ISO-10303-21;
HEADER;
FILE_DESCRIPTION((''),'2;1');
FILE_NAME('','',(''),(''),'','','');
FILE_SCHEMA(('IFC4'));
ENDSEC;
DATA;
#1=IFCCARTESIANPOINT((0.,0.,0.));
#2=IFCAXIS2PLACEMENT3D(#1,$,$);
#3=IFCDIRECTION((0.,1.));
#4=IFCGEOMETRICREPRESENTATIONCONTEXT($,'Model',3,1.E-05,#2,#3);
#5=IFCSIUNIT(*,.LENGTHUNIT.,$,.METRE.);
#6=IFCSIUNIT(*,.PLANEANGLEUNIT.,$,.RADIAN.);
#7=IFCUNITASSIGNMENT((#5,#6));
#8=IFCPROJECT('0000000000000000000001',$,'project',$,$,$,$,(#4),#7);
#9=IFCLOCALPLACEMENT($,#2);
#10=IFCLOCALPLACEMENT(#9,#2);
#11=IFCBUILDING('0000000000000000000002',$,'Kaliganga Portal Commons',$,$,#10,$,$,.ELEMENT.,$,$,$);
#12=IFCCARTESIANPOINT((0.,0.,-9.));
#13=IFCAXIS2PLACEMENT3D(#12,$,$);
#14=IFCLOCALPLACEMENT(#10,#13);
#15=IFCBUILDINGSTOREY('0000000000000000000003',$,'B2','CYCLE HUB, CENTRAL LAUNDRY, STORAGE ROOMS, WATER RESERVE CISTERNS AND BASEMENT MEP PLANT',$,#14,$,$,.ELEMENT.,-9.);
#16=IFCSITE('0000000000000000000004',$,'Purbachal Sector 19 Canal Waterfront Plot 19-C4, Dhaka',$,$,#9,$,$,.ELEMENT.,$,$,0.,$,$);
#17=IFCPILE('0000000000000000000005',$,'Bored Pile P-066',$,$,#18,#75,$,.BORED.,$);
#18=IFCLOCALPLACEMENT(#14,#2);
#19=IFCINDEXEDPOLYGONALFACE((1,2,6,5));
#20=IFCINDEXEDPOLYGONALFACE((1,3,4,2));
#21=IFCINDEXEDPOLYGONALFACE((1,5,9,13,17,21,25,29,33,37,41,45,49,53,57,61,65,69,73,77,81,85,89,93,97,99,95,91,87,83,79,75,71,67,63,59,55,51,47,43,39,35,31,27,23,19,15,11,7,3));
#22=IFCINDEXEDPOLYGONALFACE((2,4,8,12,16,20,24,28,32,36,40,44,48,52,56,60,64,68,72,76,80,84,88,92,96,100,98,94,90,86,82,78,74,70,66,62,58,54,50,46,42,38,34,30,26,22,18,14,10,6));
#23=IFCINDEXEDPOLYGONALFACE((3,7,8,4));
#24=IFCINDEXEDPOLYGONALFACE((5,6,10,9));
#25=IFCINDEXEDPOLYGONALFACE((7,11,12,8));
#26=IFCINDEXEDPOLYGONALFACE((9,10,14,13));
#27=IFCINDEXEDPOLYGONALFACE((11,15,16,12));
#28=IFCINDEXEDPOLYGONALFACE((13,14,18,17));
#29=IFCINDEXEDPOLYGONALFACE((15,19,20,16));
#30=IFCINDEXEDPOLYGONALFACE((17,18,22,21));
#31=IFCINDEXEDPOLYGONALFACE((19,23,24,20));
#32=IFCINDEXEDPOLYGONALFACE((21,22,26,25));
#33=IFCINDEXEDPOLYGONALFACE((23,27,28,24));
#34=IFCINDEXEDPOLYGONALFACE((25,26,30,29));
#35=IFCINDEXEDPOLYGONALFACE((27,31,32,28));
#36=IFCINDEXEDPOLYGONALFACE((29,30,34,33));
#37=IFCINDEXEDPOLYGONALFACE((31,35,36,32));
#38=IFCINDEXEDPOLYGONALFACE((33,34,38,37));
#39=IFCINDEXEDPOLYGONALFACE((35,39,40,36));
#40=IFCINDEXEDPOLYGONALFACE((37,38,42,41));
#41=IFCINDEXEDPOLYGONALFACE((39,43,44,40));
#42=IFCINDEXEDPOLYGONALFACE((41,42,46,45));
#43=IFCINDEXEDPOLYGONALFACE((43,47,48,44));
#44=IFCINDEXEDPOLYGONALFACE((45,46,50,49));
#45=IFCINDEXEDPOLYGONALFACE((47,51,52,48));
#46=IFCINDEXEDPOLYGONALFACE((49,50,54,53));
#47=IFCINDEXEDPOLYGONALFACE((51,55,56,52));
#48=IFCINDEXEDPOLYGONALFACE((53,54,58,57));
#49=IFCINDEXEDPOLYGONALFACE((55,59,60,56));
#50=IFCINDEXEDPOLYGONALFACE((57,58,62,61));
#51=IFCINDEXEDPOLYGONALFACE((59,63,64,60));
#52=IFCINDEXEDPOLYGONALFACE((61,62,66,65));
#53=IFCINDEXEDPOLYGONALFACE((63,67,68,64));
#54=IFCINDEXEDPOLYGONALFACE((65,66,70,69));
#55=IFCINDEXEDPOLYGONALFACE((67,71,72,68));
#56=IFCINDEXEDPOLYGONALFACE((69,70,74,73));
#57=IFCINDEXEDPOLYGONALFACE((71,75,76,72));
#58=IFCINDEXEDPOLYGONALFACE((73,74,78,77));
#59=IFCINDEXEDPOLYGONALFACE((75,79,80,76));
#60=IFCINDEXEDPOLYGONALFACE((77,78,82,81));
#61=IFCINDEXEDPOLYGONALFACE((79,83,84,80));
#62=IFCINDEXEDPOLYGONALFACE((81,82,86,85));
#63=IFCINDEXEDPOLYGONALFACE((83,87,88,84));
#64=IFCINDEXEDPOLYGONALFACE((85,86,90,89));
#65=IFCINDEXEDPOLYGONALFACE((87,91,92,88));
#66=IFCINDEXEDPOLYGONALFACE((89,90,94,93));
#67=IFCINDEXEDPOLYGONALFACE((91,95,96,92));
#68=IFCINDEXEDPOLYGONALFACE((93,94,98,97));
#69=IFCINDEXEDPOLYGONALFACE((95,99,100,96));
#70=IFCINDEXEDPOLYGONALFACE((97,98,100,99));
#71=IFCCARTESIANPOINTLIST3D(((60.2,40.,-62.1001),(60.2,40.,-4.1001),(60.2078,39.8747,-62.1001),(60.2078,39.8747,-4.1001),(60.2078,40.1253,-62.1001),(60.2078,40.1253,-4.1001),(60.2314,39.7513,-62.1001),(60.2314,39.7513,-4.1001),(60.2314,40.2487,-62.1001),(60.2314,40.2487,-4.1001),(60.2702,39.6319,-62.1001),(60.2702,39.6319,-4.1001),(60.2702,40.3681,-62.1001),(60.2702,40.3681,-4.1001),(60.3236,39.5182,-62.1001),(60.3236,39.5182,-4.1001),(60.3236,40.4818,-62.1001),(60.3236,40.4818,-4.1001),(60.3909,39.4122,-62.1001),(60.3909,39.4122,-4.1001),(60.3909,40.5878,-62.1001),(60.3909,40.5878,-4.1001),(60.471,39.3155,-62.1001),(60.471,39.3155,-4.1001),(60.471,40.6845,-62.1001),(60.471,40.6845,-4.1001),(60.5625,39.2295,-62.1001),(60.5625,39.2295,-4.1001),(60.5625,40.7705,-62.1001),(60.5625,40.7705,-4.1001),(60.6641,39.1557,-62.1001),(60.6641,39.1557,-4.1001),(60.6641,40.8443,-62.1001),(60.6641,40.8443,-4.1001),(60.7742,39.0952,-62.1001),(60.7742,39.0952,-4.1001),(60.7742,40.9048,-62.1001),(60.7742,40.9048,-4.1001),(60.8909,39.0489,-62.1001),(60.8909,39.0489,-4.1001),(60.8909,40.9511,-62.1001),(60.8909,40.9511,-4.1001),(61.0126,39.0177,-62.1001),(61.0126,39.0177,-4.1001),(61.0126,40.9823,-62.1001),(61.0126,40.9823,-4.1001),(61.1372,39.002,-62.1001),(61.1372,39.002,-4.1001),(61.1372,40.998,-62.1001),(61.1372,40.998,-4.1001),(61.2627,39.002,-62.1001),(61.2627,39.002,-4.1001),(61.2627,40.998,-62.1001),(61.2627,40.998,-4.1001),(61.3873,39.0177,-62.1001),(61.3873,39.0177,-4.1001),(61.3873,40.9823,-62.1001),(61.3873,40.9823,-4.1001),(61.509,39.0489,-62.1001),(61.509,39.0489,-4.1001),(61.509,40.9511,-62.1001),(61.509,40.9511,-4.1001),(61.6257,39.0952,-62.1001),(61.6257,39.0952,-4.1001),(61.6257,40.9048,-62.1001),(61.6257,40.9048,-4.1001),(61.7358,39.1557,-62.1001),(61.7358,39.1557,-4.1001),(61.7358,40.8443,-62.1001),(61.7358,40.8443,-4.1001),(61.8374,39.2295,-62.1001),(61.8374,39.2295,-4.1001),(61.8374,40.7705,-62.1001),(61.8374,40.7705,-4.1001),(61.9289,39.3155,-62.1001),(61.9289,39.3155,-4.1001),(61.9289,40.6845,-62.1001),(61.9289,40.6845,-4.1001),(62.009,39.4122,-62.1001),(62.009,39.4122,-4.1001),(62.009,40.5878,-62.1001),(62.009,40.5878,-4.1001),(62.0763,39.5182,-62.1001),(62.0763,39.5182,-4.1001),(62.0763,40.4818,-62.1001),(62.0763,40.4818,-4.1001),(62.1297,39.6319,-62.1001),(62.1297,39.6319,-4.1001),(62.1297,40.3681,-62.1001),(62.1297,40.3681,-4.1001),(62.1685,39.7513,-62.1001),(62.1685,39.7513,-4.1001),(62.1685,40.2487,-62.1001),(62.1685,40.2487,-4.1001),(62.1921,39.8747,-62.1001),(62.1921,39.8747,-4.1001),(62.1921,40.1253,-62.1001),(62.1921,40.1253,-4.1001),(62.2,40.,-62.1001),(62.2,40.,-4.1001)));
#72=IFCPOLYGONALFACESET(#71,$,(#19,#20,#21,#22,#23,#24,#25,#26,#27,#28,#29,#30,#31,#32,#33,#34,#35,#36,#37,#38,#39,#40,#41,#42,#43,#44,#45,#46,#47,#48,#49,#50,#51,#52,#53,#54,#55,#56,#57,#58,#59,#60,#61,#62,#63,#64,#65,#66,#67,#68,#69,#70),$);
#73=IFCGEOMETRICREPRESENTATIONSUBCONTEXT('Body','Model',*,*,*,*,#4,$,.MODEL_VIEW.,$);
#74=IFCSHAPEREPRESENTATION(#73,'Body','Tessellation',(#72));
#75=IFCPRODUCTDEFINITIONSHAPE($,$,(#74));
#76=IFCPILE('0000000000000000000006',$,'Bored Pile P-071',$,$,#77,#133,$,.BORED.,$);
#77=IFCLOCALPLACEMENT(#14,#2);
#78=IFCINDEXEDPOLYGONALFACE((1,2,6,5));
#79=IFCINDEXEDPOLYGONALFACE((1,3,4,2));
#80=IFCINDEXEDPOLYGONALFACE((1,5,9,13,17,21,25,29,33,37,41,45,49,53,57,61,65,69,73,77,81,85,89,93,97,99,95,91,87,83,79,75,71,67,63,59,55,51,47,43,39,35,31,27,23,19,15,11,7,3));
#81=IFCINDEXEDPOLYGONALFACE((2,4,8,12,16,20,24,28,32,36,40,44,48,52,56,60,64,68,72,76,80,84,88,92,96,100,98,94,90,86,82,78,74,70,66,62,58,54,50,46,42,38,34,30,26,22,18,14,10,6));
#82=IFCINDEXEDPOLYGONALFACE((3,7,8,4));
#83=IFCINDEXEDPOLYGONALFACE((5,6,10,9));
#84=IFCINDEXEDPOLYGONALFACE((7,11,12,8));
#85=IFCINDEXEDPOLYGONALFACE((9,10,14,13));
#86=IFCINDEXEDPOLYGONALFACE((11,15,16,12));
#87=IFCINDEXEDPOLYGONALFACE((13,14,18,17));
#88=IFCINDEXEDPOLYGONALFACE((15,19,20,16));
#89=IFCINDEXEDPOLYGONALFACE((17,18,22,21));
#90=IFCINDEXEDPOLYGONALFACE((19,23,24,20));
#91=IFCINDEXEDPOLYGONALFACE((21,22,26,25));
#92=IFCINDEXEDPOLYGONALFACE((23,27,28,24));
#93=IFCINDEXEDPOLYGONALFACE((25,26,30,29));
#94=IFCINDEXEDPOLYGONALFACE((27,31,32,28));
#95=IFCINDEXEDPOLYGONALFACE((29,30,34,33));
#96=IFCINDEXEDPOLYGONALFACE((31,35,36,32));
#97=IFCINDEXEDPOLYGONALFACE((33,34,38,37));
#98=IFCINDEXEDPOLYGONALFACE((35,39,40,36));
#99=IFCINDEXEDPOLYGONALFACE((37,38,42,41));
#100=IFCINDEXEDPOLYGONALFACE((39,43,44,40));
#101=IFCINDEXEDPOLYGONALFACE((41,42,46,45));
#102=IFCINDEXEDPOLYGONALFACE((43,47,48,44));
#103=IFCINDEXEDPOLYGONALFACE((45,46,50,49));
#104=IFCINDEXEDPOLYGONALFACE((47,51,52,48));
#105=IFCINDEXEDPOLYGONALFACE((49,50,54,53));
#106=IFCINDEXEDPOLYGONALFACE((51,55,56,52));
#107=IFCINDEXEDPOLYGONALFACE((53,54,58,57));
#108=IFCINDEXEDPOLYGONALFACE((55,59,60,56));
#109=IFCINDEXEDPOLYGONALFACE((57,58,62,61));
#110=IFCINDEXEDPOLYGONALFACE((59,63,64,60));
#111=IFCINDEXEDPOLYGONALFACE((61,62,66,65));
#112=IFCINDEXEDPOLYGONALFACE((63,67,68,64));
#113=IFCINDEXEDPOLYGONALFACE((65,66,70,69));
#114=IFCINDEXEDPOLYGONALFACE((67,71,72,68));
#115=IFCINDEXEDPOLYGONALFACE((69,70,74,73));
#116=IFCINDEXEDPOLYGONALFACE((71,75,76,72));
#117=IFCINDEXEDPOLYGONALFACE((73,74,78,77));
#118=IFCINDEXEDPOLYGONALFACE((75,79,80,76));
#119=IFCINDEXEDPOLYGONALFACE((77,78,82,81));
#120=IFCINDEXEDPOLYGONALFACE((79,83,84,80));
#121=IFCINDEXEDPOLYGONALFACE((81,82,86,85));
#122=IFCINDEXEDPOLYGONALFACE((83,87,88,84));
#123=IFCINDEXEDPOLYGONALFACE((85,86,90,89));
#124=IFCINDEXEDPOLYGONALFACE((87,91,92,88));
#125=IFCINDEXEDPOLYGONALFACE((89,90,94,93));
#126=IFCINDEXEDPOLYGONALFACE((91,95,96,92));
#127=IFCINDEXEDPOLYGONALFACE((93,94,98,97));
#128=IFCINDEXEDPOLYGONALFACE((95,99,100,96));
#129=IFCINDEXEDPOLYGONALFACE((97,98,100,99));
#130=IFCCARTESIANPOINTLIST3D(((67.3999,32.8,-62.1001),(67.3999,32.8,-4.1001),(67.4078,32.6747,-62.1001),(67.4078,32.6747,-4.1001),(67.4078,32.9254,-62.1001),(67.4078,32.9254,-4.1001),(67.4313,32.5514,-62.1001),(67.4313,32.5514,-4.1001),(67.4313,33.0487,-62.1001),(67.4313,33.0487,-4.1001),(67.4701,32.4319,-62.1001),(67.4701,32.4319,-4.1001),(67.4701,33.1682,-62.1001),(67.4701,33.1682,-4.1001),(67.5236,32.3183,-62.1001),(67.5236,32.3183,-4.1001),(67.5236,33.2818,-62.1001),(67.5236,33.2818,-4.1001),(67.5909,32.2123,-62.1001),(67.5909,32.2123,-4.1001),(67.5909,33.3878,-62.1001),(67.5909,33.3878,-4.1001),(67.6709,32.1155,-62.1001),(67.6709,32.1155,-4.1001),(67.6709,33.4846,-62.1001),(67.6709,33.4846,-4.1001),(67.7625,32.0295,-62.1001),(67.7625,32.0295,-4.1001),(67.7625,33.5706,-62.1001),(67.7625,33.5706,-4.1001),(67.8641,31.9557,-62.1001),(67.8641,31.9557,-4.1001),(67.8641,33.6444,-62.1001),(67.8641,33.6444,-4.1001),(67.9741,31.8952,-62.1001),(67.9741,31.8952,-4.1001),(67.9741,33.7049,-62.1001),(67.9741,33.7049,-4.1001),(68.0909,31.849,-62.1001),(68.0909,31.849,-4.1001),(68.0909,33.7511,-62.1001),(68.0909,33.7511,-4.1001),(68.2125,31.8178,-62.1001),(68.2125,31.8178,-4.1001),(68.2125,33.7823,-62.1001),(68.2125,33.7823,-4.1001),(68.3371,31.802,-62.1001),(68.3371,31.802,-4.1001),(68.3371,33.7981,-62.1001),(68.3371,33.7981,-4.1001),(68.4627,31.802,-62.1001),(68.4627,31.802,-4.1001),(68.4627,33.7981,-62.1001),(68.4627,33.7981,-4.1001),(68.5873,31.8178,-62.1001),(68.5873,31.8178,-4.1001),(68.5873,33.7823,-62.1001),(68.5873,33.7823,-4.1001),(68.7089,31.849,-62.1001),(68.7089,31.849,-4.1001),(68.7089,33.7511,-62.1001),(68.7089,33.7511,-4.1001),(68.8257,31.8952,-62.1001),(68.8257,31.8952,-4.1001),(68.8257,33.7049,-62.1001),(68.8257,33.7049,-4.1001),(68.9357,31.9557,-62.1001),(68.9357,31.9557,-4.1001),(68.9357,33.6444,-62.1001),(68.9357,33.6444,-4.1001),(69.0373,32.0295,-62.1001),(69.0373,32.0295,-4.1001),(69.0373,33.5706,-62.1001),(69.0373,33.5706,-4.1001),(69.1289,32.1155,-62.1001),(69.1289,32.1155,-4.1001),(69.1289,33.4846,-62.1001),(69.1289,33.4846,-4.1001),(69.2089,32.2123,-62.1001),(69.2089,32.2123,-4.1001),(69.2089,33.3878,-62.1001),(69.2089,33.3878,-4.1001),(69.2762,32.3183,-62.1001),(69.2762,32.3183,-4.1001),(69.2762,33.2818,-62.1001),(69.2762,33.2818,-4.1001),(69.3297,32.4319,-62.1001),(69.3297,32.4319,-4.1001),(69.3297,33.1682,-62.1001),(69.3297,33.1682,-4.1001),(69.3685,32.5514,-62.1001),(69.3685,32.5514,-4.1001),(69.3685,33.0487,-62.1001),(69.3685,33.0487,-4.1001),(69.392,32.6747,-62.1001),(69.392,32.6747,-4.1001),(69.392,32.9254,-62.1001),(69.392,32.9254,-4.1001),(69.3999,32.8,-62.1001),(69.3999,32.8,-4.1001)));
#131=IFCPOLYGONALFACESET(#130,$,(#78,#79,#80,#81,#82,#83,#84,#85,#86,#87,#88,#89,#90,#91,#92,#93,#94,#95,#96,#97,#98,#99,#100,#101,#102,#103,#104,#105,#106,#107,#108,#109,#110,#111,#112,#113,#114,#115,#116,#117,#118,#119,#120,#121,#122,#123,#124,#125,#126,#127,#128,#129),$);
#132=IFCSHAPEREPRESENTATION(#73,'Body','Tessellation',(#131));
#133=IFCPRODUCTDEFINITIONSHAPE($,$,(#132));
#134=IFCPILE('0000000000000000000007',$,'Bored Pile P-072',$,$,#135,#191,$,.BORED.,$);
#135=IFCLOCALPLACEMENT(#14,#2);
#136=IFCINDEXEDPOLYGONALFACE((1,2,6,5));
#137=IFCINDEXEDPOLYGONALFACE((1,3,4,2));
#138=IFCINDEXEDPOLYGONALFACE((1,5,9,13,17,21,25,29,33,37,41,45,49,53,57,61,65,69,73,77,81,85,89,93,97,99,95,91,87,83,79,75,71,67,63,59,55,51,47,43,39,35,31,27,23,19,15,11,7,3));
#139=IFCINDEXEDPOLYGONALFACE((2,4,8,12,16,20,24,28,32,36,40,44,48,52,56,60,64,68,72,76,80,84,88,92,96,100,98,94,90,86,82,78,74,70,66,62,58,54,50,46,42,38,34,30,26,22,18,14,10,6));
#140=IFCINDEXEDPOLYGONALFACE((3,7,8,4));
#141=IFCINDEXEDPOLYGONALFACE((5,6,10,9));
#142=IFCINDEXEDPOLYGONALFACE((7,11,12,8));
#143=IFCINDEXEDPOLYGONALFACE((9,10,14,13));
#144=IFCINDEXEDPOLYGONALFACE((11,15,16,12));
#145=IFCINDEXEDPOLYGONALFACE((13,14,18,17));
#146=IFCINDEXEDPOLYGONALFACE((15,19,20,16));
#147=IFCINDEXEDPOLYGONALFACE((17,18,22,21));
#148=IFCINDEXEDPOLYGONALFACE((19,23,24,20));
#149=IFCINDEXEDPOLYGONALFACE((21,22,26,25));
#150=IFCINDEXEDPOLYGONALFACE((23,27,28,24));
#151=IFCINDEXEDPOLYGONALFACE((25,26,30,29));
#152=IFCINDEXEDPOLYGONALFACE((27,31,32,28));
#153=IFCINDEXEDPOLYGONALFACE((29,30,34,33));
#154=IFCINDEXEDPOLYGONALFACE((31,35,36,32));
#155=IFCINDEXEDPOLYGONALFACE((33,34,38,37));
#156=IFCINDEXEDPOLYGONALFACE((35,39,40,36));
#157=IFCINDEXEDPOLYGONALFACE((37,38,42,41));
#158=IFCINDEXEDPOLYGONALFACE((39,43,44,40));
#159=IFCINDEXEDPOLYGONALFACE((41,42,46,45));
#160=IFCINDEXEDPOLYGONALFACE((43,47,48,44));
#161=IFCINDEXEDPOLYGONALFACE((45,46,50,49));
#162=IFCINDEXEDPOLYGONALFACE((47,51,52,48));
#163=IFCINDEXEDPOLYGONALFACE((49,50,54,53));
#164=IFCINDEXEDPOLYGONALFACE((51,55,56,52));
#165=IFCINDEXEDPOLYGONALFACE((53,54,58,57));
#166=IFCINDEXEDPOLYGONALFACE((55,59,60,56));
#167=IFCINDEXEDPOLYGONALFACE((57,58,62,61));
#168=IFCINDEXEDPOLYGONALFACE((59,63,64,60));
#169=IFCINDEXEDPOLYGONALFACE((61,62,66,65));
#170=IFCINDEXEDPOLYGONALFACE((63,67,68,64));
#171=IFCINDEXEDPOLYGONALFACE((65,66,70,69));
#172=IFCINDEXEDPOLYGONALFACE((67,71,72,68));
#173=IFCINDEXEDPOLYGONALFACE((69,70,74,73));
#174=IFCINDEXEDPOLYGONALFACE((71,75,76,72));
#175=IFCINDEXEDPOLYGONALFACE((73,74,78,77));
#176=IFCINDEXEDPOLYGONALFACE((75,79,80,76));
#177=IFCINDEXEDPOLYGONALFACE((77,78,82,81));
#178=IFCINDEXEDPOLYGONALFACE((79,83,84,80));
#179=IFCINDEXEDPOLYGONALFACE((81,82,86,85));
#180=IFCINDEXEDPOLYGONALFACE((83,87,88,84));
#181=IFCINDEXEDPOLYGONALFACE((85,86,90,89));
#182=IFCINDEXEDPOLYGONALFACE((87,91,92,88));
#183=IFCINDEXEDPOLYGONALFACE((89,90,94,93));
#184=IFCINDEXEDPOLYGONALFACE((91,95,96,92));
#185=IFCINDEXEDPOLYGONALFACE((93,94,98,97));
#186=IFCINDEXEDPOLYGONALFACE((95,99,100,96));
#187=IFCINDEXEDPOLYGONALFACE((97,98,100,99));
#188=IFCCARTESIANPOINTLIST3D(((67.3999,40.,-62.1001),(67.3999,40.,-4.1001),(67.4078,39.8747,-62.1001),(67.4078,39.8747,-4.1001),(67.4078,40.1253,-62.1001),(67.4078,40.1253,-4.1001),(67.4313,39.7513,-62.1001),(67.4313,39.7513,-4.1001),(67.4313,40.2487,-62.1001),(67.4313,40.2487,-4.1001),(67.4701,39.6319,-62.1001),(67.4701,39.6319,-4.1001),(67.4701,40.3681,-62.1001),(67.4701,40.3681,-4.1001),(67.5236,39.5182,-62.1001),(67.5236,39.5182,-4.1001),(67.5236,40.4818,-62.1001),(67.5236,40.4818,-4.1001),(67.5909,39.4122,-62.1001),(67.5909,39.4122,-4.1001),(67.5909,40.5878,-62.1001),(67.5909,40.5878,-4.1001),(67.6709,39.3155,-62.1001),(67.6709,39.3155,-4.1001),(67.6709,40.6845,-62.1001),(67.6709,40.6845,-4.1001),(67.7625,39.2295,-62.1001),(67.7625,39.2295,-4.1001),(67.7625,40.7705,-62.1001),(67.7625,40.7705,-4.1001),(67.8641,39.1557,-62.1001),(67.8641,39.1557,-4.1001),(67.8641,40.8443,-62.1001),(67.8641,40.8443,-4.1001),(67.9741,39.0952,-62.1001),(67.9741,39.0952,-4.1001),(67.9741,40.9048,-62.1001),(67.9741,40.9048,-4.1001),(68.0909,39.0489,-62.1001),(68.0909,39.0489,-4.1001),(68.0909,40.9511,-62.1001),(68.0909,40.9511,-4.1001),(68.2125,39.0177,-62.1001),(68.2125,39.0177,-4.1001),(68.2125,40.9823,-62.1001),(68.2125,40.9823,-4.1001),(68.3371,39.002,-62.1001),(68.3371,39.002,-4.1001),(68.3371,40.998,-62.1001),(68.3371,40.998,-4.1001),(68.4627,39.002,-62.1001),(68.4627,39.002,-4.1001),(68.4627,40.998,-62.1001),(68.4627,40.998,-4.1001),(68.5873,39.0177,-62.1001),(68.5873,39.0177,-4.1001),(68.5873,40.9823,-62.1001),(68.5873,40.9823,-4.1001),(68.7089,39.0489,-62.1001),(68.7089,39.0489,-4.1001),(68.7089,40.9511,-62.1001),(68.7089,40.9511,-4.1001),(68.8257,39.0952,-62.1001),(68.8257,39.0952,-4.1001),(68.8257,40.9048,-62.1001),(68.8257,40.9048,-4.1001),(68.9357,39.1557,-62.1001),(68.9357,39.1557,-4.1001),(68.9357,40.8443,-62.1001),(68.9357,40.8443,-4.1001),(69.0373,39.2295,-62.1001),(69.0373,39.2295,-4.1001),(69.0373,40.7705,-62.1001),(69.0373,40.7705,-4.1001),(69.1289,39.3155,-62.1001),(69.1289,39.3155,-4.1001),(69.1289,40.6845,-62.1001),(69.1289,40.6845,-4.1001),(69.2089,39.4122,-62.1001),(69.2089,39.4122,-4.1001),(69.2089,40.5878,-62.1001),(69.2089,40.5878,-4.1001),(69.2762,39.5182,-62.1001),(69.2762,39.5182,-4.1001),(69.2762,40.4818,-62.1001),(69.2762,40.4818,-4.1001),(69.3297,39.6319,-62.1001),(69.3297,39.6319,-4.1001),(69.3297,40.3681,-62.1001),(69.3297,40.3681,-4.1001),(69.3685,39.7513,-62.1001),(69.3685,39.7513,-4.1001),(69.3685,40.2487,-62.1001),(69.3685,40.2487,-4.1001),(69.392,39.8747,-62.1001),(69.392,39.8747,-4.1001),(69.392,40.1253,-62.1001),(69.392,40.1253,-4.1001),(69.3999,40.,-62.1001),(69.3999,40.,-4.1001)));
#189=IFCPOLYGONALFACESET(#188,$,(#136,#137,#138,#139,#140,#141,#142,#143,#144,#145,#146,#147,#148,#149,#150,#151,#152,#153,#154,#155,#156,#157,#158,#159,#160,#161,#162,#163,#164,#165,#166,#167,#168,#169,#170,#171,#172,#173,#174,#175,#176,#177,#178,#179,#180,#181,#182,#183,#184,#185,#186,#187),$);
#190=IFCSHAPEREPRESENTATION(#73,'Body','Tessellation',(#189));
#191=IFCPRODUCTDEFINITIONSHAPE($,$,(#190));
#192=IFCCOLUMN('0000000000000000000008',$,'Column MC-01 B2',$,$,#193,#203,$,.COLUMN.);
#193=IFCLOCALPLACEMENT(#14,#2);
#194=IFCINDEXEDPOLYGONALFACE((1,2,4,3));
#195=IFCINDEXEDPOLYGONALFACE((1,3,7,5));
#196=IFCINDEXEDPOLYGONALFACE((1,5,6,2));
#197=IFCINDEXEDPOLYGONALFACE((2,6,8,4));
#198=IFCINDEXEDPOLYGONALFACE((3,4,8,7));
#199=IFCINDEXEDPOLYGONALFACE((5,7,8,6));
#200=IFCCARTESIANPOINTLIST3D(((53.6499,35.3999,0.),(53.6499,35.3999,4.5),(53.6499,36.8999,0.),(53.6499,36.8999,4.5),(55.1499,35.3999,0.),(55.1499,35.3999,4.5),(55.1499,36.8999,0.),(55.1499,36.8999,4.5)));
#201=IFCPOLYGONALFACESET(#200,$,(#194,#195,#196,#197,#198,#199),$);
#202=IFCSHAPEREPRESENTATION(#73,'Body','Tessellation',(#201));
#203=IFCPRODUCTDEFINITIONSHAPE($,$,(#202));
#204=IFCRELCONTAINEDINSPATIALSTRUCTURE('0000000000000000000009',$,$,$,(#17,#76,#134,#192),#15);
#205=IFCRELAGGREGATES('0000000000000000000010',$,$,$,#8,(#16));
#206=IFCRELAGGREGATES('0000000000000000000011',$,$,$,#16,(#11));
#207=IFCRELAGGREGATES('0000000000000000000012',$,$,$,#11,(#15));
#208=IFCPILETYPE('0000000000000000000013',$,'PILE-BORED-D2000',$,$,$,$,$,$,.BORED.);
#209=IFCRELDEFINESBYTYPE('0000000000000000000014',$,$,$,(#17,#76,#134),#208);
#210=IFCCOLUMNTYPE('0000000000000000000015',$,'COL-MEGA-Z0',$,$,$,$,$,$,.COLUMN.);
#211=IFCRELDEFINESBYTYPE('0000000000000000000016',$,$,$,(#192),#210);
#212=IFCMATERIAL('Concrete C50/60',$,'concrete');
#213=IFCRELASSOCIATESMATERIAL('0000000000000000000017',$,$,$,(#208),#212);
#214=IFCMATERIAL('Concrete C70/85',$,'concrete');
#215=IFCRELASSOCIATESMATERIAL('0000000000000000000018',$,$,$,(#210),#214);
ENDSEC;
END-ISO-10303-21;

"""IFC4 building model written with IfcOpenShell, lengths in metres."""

from ifc_helpers import new_model, si_unit, direction, frame, origin, origin_2d, place, context, subcontext, project, spatial, rectangle, circle, extrude, source, transform, mapped, material, material_profile, profile_set, type_object, element, save


model = new_model("IFC4")

# Units and contexts
model_context = context("Model", 3, precision=1e-05, world=origin(), true_north=direction((0.0, 1.0)))
body_context = subcontext(model_context, "Body", "Model", "MODEL_VIEW")
ifc_project = project(units=[si_unit("LENGTHUNIT", "METRE"), si_unit("PLANEANGLEUNIT", "RADIAN")], contexts=[model_context])

# Site, building, storey
site_placement = place(None, origin())
site = spatial("IfcSite", under=ifc_project, at=site_placement, Name="Purbachal Sector 19 Canal Waterfront Plot 19-C4, Dhaka", CompositionType="ELEMENT", RefElevation=0.0)
building_placement = place(site_placement, origin())
building = spatial("IfcBuilding", under=site, at=building_placement, Name="Kaliganga Portal Commons", CompositionType="ELEMENT")
storey_placement = place(building_placement, frame((0.0, 0.0, -9.0)))
storey = spatial("IfcBuildingStorey", under=building, at=storey_placement, Name="B2", Description="CYCLE HUB, CENTRAL LAUNDRY, STORAGE ROOMS, WATER RESERVE CISTERNS AND BASEMENT MEP PLANT", CompositionType="ELEMENT", Elevation=-9.0)

# Piles
ifc_material_1 = material(Name="Concrete C50/60", Category="concrete")
ifc_material_profile_1 = material_profile(ifc_material_1, circle(Radius=1.0, at=origin_2d()), Name="PILE D2000")
ifc_profile_set_1 = profile_set([ifc_material_profile_1], Name="Concrete C50/60")
pile_type = type_object("IfcPileType", Name="PILE-BORED-D2000", PredefinedType="BORED", material=ifc_profile_set_1)
for number, where, z_axis, x_axis, name in (
    (1, (61.2, 40.0, -4.1001), (0.0, 0.0, -1.0), (1.0, 0.0, 0.0), "Bored Pile P-066"),
    (2, (68.3999, 32.8, -4.1001), (0.0, 0.0, -1.0), (1.0, 0.0, 0.0), "Bored Pile P-071"),
    (3, (68.3999, 40.0, -4.1001), (0.0, 0.0, -1.0), (1.0, 0.0, 0.0), "Bored Pile P-072"),
):
    element("IfcPile", number, at=place(storey_placement, frame(where, z_axis=z_axis, x_axis=x_axis)), inside=storey, type_object=pile_type, Name=name, PredefinedType="BORED", context=body_context, shape_type="SweptSolid", body=[
        extrude(circle(Radius=1.0, at=origin_2d()), origin(), (0.0, 0.0, 1.0), 58.0),
    ])

# Column
ifc_material_2 = material(Name="Concrete C70/85", Category="concrete")
ifc_material_profile_2 = material_profile(ifc_material_2, rectangle(XDim=1.5, YDim=1.5, at=origin_2d()), Name="RC 1500x1500")
ifc_profile_set_2 = profile_set([ifc_material_profile_2], Name="Concrete C70/85")
column_type = type_object("IfcColumnType", Name="COL-MEGA-Z0", PredefinedType="COLUMN", material=ifc_profile_set_2)
shared_shape_1 = source(origin(), body_context, "Body", "SweptSolid", [
    extrude(rectangle(XDim=1.5, YDim=1.5, at=origin_2d()), origin(), (0.0, 0.0, 1.0), 4.5),
])
for number, where, z_axis, x_axis, name in (
    (4, (54.3999, 36.1499, 0.0), (0.0, 0.0, 1.0), (1.0, 0.0, 0.0), "Column MC-01 B2"),
):
    element("IfcColumn", number, at=place(storey_placement, frame(where, z_axis=z_axis, x_axis=x_axis)), inside=storey, type_object=column_type, Name=name, PredefinedType="COLUMN", context=body_context, shape_type="MappedRepresentation", body=[
        mapped(shared_shape_1, transform((0.0, 0.0, 0.0), x_axis=(1.0, 0.0, 0.0), y_axis=(0.0, 1.0, 0.0), z_axis=(0.0, 0.0, 1.0), scale=1.0)),
    ])

save(model, "model.ifc")
